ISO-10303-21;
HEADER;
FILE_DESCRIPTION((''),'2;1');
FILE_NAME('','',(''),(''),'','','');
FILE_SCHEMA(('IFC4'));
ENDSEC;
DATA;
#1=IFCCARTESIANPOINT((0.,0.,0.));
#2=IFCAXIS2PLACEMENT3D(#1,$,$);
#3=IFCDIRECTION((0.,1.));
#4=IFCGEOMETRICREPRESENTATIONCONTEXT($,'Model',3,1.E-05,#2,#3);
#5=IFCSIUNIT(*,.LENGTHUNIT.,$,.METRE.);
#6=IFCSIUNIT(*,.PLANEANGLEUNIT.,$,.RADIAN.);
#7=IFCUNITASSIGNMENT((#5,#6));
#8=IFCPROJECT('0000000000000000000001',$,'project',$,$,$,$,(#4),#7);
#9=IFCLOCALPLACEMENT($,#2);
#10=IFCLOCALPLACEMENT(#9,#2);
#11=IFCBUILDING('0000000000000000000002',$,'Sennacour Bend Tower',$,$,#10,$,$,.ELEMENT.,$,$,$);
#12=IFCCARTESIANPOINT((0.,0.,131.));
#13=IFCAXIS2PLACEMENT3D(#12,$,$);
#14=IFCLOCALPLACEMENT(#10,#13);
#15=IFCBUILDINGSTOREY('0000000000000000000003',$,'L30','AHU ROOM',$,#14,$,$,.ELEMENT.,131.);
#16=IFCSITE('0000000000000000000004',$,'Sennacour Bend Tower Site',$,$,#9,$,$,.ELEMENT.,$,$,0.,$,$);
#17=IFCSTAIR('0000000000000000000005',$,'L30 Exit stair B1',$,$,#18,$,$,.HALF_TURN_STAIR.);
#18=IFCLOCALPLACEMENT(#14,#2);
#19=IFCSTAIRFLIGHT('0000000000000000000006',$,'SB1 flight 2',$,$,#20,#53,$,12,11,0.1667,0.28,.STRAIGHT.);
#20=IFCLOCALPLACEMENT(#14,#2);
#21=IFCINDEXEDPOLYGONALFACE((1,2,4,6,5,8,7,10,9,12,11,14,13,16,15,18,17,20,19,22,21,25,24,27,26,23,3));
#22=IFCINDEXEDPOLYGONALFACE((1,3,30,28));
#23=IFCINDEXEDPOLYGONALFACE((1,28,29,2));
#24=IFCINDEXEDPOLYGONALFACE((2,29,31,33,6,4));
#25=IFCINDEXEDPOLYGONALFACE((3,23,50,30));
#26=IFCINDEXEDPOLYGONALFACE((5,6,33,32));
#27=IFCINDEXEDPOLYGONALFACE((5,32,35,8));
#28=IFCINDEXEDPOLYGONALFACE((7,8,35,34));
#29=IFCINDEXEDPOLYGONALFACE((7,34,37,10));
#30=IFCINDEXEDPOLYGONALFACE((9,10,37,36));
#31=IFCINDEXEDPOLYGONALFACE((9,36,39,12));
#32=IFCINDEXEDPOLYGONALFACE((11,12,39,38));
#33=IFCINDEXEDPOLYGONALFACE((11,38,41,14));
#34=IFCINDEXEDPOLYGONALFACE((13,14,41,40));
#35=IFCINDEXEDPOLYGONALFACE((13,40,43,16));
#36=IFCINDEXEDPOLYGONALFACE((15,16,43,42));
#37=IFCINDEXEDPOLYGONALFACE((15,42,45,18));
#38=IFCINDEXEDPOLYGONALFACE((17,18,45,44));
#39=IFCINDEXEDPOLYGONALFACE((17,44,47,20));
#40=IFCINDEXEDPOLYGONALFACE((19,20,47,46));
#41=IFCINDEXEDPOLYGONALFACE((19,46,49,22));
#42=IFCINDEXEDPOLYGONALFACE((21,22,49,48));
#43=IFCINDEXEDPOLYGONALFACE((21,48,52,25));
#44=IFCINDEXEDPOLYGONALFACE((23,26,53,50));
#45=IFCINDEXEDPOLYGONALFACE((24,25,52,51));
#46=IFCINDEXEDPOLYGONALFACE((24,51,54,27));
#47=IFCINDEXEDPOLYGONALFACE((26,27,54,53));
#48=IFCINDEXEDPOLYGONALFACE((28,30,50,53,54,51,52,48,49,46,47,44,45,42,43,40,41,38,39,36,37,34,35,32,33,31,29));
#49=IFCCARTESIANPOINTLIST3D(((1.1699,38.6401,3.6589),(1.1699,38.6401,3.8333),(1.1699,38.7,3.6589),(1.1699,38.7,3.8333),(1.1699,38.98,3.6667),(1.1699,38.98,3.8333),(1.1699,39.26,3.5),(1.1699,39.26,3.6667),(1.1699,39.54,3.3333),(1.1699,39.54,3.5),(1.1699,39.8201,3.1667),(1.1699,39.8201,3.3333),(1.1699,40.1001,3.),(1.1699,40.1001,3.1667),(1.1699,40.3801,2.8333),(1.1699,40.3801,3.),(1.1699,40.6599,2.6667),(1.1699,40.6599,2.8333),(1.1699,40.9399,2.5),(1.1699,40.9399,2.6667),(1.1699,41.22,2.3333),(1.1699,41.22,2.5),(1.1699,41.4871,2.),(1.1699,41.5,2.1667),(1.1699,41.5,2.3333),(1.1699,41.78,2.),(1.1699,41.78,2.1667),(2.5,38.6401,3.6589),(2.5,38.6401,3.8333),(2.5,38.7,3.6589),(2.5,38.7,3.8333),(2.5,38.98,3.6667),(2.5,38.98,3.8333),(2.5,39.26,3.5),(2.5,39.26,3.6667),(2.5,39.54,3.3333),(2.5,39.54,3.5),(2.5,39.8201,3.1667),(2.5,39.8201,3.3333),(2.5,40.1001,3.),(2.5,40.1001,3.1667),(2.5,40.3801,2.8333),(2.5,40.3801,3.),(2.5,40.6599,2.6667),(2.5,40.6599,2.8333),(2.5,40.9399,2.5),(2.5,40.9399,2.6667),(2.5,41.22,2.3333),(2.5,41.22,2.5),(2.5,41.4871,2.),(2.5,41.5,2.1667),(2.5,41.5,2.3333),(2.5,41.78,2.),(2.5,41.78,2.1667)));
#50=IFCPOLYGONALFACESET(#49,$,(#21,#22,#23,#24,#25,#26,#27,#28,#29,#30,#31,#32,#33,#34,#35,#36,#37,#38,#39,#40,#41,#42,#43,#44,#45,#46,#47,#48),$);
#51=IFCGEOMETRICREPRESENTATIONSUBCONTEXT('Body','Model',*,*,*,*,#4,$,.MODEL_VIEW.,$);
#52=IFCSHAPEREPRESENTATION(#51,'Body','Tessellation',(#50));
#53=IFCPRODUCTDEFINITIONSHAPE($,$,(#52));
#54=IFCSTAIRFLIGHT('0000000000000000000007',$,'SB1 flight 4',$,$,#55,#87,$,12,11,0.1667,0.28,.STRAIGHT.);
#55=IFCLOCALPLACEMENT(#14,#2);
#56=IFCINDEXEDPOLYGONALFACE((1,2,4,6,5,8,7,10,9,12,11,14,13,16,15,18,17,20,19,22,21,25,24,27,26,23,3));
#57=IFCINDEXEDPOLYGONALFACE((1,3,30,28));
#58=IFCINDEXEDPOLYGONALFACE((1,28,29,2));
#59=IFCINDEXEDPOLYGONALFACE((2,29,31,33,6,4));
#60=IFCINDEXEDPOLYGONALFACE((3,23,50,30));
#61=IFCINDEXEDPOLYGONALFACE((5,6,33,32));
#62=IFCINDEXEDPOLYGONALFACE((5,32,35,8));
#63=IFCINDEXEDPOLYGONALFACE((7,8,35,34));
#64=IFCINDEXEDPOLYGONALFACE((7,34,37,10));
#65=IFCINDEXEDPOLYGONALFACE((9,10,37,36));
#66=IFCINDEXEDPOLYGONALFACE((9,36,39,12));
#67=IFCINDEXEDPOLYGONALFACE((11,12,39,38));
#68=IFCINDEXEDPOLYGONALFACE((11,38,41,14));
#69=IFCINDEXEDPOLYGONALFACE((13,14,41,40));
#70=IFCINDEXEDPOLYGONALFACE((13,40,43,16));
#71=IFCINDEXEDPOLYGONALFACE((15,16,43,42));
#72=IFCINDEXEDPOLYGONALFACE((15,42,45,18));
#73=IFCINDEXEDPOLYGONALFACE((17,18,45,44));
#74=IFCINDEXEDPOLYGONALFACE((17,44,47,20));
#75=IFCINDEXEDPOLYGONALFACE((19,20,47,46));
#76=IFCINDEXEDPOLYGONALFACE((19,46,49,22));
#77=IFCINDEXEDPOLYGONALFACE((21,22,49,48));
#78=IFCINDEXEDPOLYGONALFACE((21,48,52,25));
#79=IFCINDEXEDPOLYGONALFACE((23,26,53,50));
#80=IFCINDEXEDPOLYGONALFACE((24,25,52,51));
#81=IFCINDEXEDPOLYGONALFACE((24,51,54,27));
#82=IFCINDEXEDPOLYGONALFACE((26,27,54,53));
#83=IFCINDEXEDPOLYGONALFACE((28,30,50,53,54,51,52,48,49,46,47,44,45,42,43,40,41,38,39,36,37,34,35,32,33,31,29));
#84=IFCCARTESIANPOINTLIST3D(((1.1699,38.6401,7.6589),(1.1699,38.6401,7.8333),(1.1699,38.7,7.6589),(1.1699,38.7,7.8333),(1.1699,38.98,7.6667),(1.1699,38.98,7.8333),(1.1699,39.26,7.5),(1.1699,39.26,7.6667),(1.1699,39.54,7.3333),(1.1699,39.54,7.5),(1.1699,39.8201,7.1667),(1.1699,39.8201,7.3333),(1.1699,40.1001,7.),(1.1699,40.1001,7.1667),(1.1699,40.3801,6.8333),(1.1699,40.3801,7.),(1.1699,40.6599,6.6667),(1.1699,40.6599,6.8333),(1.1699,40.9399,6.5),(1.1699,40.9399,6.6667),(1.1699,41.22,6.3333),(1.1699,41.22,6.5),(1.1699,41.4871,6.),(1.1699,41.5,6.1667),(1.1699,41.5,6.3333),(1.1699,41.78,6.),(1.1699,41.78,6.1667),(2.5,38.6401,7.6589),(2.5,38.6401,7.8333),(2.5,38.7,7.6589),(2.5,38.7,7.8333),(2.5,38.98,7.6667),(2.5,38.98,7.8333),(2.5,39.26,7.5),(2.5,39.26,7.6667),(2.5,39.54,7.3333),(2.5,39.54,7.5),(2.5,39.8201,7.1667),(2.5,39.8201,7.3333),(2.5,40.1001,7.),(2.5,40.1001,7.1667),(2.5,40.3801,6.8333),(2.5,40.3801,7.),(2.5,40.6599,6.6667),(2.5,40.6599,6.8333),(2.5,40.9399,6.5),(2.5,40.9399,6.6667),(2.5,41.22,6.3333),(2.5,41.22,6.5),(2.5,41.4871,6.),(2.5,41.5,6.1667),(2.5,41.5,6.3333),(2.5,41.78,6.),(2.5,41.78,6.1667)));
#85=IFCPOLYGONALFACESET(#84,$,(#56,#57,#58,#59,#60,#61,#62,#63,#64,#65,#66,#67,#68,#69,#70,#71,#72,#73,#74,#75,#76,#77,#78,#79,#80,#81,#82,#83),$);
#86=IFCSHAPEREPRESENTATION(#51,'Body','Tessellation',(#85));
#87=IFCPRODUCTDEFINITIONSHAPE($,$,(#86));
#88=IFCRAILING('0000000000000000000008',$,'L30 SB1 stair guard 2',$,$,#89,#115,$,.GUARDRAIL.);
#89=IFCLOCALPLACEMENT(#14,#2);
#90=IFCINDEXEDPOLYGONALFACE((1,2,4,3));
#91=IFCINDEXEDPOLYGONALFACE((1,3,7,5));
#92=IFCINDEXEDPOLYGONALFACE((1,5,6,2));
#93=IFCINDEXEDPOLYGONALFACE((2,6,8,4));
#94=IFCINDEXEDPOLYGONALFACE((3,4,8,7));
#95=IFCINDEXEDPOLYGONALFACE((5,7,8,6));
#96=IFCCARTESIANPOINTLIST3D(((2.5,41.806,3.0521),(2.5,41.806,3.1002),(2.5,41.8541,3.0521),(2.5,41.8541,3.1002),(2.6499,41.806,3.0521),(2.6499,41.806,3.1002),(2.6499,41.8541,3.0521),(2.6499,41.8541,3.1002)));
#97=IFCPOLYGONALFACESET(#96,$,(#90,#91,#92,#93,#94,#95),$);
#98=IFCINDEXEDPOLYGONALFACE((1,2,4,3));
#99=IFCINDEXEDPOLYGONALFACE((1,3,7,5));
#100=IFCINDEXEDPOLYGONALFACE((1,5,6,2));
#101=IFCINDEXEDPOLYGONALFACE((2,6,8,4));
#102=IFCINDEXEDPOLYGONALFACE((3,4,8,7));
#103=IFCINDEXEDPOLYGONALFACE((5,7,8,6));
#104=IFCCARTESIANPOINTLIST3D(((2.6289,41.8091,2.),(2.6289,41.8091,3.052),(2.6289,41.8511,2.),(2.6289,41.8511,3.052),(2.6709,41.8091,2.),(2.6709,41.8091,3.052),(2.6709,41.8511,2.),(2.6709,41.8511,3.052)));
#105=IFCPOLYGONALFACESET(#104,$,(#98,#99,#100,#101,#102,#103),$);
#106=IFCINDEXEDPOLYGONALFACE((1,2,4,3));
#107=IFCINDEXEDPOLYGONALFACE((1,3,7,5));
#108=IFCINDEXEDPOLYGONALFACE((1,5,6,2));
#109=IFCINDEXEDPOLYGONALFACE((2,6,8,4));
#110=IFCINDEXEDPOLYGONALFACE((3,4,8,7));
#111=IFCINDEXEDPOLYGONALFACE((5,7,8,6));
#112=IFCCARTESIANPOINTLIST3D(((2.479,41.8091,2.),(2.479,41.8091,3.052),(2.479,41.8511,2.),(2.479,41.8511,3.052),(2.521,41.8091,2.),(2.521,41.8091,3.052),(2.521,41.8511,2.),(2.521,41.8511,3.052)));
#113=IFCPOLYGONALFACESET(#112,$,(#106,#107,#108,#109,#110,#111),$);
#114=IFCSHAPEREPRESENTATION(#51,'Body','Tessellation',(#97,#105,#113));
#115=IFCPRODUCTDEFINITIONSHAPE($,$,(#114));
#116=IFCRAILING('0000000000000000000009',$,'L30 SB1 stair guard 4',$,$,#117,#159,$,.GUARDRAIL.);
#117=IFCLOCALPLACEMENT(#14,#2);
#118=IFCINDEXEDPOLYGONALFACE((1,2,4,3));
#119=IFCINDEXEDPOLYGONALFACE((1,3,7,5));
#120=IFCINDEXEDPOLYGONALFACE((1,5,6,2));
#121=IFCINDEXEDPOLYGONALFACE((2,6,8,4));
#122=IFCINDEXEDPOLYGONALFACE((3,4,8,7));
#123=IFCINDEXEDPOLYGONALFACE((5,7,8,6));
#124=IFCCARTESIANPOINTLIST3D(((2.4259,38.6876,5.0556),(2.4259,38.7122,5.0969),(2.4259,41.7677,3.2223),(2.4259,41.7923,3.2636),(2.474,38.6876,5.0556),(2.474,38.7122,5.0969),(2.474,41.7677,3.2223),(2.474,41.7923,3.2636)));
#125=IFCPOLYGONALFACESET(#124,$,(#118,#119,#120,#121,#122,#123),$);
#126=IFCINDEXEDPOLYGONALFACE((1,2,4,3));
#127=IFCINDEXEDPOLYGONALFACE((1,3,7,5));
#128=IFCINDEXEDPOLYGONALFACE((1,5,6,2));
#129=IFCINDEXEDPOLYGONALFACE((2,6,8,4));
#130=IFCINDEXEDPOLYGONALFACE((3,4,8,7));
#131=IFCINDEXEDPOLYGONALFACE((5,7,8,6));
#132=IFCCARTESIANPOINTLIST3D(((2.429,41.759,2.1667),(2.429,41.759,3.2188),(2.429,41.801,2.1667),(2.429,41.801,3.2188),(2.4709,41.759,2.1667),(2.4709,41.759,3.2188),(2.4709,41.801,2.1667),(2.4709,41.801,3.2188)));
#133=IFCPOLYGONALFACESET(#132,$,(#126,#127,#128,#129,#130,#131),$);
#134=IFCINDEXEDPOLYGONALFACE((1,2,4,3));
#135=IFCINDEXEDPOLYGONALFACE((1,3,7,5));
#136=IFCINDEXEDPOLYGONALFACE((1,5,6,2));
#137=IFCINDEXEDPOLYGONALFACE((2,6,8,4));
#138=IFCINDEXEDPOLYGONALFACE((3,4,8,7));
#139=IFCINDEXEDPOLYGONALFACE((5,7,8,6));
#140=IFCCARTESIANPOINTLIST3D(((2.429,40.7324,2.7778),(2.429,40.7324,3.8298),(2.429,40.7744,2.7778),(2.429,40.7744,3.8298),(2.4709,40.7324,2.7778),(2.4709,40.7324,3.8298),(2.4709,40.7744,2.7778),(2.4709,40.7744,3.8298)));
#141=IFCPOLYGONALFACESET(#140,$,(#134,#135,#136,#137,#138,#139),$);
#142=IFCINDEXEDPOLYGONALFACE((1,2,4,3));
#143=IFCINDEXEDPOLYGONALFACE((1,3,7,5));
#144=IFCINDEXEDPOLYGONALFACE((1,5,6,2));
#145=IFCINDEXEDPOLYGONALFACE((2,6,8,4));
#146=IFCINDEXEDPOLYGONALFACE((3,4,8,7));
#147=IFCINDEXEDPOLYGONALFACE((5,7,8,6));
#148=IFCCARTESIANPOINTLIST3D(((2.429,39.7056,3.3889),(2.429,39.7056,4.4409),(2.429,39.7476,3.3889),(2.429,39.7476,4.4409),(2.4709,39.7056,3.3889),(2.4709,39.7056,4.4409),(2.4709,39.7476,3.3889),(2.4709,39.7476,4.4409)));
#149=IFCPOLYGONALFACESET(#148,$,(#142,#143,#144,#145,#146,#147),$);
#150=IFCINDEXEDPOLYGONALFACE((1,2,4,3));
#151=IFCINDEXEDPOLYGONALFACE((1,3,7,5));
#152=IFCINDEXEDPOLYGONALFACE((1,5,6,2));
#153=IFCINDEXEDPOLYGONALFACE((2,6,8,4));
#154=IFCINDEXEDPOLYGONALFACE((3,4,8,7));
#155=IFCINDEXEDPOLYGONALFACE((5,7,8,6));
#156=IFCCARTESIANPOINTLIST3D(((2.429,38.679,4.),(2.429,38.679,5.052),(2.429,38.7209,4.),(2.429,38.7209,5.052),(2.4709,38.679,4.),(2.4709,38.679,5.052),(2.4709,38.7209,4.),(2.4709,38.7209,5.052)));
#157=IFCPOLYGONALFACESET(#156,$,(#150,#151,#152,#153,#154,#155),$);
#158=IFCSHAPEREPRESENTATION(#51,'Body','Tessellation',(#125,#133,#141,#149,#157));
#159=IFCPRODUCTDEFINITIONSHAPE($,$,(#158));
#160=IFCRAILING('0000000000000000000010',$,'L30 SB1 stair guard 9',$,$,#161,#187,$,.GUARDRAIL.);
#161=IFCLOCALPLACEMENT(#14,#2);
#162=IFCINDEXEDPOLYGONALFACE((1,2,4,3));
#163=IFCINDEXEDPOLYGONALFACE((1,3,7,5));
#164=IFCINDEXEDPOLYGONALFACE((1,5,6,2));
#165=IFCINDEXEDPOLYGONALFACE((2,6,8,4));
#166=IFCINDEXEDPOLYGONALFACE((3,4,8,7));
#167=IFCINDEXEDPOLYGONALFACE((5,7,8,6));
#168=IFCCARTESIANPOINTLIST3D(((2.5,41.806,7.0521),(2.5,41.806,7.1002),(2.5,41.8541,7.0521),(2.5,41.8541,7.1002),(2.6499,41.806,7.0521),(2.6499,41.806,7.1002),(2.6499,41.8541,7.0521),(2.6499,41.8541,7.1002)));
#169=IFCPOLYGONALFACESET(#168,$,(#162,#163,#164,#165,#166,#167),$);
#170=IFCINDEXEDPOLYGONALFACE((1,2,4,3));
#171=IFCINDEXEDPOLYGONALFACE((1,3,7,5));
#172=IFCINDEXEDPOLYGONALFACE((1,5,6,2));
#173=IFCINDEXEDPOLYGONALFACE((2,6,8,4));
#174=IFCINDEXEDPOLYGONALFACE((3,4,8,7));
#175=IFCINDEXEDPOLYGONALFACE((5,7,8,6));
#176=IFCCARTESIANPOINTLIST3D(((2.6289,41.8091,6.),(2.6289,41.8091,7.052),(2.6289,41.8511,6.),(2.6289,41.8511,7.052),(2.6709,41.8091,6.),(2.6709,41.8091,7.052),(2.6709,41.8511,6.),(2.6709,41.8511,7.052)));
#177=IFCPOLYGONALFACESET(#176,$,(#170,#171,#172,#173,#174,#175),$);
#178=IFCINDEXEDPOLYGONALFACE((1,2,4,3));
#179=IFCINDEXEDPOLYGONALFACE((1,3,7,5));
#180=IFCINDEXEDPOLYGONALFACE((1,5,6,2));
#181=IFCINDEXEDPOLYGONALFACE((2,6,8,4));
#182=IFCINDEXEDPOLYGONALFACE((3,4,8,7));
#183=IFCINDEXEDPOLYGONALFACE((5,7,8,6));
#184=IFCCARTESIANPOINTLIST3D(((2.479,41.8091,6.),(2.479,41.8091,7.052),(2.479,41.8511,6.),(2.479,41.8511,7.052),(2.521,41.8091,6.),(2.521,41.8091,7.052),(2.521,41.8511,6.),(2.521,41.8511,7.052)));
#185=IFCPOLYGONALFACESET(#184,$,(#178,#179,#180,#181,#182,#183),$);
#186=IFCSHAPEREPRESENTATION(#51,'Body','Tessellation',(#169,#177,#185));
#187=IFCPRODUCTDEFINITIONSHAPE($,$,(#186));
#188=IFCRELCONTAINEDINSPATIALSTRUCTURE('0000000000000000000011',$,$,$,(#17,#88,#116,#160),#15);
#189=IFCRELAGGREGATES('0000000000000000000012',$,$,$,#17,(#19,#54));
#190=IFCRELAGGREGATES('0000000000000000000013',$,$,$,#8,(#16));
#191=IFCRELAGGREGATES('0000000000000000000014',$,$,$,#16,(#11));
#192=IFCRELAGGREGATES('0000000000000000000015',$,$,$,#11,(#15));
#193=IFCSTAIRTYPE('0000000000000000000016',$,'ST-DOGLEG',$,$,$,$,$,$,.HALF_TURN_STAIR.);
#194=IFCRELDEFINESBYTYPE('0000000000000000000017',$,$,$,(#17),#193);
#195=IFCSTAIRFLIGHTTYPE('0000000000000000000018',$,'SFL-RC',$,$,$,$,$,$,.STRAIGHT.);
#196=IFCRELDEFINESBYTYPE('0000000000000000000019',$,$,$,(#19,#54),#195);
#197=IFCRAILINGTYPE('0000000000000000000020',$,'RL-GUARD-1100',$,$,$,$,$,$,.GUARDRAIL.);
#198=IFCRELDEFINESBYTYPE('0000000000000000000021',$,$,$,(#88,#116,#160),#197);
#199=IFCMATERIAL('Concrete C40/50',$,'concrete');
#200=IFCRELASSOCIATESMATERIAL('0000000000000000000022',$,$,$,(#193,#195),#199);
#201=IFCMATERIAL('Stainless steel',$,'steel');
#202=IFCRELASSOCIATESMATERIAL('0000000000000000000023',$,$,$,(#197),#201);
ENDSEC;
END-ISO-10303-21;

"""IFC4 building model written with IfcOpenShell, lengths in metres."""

from ifc_helpers import new_model, si_unit, direction, frame, origin, origin_2d, place, context, subcontext, project, spatial, polyline, rectangle, outline, extrude, material, type_object, element, aggregate, save


model = new_model("IFC4")

# Units and contexts
model_context = context("Model", 3, precision=1e-05, world=origin(), true_north=direction((0.0, 1.0)))
body_context = subcontext(model_context, "Body", "Model", "MODEL_VIEW")
ifc_project = project(units=[si_unit("LENGTHUNIT", "METRE"), si_unit("PLANEANGLEUNIT", "RADIAN")], contexts=[model_context])

# Site, building, storey
site_placement = place(None, origin())
site = spatial("IfcSite", under=ifc_project, at=site_placement, Name="Sennacour Bend Tower Site", CompositionType="ELEMENT", RefElevation=0.0)
building_placement = place(site_placement, origin())
building = spatial("IfcBuilding", under=site, at=building_placement, Name="Sennacour Bend Tower", CompositionType="ELEMENT")
storey_placement = place(building_placement, frame((0.0, 0.0, 131.0)))
storey = spatial("IfcBuildingStorey", under=building, at=storey_placement, Name="L30", Description="AHU ROOM", CompositionType="ELEMENT", Elevation=131.0)

# Stair, stair flights
ifc_material_1 = material(Name="Concrete C40/50", Category="concrete")
stair_type = type_object("IfcStairType", Name="ST-DOGLEG", PredefinedType="HALF_TURN_STAIR", material=ifc_material_1)
stair_placement = place(storey_placement, origin())
stair = element("IfcStair", 1, at=stair_placement, inside=storey, type_object=stair_type, Name="L30 Exit stair B1", PredefinedType="HALF_TURN_STAIR")
stair_flight_type = type_object("IfcStairFlightType", Name="SFL-RC", PredefinedType="STRAIGHT", material=ifc_material_1)
stair_flight_1_placement = place(storey_placement, frame((1.835, 41.78, 2.0), z_axis=(0.0, 0.0, 1.0), x_axis=(0.0, -1.0, 0.0)))
stair_flight_1 = element("IfcStairFlight", 2, at=stair_flight_1_placement, type_object=stair_flight_type, Name="SB1 flight 2", NumberOfRisers=12, NumberOfTreads=11, PredefinedType="STRAIGHT", RiserHeight=0.1667, TreadLength=0.28, context=body_context, shape_type="SweptSolid", body=[
    extrude(outline(polyline([(0.0, 0.0), (0.0, 0.1667), (0.28, 0.1667), (0.28, 0.3333), (0.5601, 0.3333), (0.5601, 0.5), (0.8401, 0.5), (0.8401, 0.6667), (1.1201, 0.6667), (1.1201, 0.8333), (1.3999, 0.8333), (1.3999, 1.0), (1.6799, 1.0), (1.6799, 1.1667), (1.96, 1.1667), (1.96, 1.3333), (2.24, 1.3333), (2.24, 1.5), (2.52, 1.5), (2.52, 1.6667), (2.8, 1.6667), (2.8, 1.8333), (3.0801, 1.8333), (3.1399, 1.8333), (3.1399, 1.6589), (3.0801, 1.6589), (0.293, 0.0), (0.0, 0.0)])), frame((0.0, 0.665, 0.0), z_axis=(0.0, -1.0, 0.0), x_axis=(1.0, 0.0, 0.0)), (0.0, 0.0, 1.0), 1.3301),
])
stair_flight_2_placement = place(storey_placement, frame((1.835, 41.78, 6.0), z_axis=(0.0, 0.0, 1.0), x_axis=(0.0, -1.0, 0.0)))
stair_flight_2 = element("IfcStairFlight", 3, at=stair_flight_2_placement, type_object=stair_flight_type, Name="SB1 flight 4", NumberOfRisers=12, NumberOfTreads=11, PredefinedType="STRAIGHT", RiserHeight=0.1667, TreadLength=0.28, context=body_context, shape_type="SweptSolid", body=[
    extrude(outline(polyline([(0.0, 0.0), (0.0, 0.1667), (0.28, 0.1667), (0.28, 0.3333), (0.5601, 0.3333), (0.5601, 0.5), (0.8401, 0.5), (0.8401, 0.6667), (1.1201, 0.6667), (1.1201, 0.8333), (1.3999, 0.8333), (1.3999, 1.0), (1.6799, 1.0), (1.6799, 1.1667), (1.96, 1.1667), (1.96, 1.3333), (2.24, 1.3333), (2.24, 1.5), (2.52, 1.5), (2.52, 1.6667), (2.8, 1.6667), (2.8, 1.8333), (3.0801, 1.8333), (3.1399, 1.8333), (3.1399, 1.6589), (3.0801, 1.6589), (0.293, 0.0), (0.0, 0.0)])), frame((0.0, 0.665, 0.0), z_axis=(0.0, -1.0, 0.0), x_axis=(1.0, 0.0, 0.0)), (0.0, 0.0, 1.0), 1.3301),
])
aggregate(stair, [stair_flight_1, stair_flight_2])

# Railings
ifc_material_2 = material(Name="Stainless steel", Category="steel")
railing_type_1 = type_object("IfcRailingType", Name="RL-GUARD-1100", PredefinedType="GUARDRAIL", material=ifc_material_2)
railing_1_placement = place(storey_placement, frame((2.6499, 41.8301, 2.0)))
element("IfcRailing", 4, at=railing_1_placement, inside=storey, type_object=railing_type_1, Name="L30 SB1 stair guard 2", PredefinedType="GUARDRAIL", context=body_context, shape_type="SweptSolid", body=[
    extrude(rectangle(XDim=0.0481, YDim=0.0481, at=origin_2d()), frame((0.0, 0.0, 1.0762), z_axis=(-1.0, 0.0, 0.0), x_axis=(0.0, -1.0, 0.0)), (0.0, 0.0, 1.0), 0.1499),
    extrude(rectangle(XDim=0.042, YDim=0.042, at=origin_2d()), origin(), (0.0, 0.0, 1.0), 1.052),
    extrude(rectangle(XDim=0.042, YDim=0.042, at=origin_2d()), frame((-0.1499, 0.0, 0.0)), (0.0, 0.0, 1.0), 1.052),
])
railing_2_placement = place(storey_placement, frame((2.45, 41.78, 2.1667)))
element("IfcRailing", 5, at=railing_2_placement, inside=storey, type_object=railing_type_1, Name="L30 SB1 stair guard 4", PredefinedType="GUARDRAIL", context=body_context, shape_type="SweptSolid", body=[
    extrude(rectangle(XDim=0.0481, YDim=0.0481, at=origin_2d()), frame((0.0, 0.0, 1.0762), z_axis=(0.0, -0.859309, 0.511458), x_axis=(1.0, 0.0, 0.0)), (0.0, 0.0, 1.0), 3.5845),
    extrude(rectangle(XDim=0.042, YDim=0.042, at=origin_2d()), origin(), (0.0, 0.0, 1.0), 1.052),
    extrude(rectangle(XDim=0.042, YDim=0.042, at=origin_2d()), frame((0.0, -1.0266, 0.6111)), (0.0, 0.0, 1.0), 1.052),
    extrude(rectangle(XDim=0.042, YDim=0.042, at=origin_2d()), frame((0.0, -2.0535, 1.2222)), (0.0, 0.0, 1.0), 1.052),
    extrude(rectangle(XDim=0.042, YDim=0.042, at=origin_2d()), frame((0.0, -3.0801, 1.8333)), (0.0, 0.0, 1.0), 1.052),
])
railing_3_placement = place(storey_placement, frame((2.6499, 41.8301, 6.0)))
element("IfcRailing", 6, at=railing_3_placement, inside=storey, type_object=railing_type_1, Name="L30 SB1 stair guard 9", PredefinedType="GUARDRAIL", context=body_context, shape_type="SweptSolid", body=[
    extrude(rectangle(XDim=0.0481, YDim=0.0481, at=origin_2d()), frame((0.0, 0.0, 1.0762), z_axis=(-1.0, 0.0, 0.0), x_axis=(0.0, -1.0, 0.0)), (0.0, 0.0, 1.0), 0.1499),
    extrude(rectangle(XDim=0.042, YDim=0.042, at=origin_2d()), origin(), (0.0, 0.0, 1.0), 1.052),
    extrude(rectangle(XDim=0.042, YDim=0.042, at=origin_2d()), frame((-0.1499, 0.0, 0.0)), (0.0, 0.0, 1.0), 1.052),
])

save(model, "model.ifc")
